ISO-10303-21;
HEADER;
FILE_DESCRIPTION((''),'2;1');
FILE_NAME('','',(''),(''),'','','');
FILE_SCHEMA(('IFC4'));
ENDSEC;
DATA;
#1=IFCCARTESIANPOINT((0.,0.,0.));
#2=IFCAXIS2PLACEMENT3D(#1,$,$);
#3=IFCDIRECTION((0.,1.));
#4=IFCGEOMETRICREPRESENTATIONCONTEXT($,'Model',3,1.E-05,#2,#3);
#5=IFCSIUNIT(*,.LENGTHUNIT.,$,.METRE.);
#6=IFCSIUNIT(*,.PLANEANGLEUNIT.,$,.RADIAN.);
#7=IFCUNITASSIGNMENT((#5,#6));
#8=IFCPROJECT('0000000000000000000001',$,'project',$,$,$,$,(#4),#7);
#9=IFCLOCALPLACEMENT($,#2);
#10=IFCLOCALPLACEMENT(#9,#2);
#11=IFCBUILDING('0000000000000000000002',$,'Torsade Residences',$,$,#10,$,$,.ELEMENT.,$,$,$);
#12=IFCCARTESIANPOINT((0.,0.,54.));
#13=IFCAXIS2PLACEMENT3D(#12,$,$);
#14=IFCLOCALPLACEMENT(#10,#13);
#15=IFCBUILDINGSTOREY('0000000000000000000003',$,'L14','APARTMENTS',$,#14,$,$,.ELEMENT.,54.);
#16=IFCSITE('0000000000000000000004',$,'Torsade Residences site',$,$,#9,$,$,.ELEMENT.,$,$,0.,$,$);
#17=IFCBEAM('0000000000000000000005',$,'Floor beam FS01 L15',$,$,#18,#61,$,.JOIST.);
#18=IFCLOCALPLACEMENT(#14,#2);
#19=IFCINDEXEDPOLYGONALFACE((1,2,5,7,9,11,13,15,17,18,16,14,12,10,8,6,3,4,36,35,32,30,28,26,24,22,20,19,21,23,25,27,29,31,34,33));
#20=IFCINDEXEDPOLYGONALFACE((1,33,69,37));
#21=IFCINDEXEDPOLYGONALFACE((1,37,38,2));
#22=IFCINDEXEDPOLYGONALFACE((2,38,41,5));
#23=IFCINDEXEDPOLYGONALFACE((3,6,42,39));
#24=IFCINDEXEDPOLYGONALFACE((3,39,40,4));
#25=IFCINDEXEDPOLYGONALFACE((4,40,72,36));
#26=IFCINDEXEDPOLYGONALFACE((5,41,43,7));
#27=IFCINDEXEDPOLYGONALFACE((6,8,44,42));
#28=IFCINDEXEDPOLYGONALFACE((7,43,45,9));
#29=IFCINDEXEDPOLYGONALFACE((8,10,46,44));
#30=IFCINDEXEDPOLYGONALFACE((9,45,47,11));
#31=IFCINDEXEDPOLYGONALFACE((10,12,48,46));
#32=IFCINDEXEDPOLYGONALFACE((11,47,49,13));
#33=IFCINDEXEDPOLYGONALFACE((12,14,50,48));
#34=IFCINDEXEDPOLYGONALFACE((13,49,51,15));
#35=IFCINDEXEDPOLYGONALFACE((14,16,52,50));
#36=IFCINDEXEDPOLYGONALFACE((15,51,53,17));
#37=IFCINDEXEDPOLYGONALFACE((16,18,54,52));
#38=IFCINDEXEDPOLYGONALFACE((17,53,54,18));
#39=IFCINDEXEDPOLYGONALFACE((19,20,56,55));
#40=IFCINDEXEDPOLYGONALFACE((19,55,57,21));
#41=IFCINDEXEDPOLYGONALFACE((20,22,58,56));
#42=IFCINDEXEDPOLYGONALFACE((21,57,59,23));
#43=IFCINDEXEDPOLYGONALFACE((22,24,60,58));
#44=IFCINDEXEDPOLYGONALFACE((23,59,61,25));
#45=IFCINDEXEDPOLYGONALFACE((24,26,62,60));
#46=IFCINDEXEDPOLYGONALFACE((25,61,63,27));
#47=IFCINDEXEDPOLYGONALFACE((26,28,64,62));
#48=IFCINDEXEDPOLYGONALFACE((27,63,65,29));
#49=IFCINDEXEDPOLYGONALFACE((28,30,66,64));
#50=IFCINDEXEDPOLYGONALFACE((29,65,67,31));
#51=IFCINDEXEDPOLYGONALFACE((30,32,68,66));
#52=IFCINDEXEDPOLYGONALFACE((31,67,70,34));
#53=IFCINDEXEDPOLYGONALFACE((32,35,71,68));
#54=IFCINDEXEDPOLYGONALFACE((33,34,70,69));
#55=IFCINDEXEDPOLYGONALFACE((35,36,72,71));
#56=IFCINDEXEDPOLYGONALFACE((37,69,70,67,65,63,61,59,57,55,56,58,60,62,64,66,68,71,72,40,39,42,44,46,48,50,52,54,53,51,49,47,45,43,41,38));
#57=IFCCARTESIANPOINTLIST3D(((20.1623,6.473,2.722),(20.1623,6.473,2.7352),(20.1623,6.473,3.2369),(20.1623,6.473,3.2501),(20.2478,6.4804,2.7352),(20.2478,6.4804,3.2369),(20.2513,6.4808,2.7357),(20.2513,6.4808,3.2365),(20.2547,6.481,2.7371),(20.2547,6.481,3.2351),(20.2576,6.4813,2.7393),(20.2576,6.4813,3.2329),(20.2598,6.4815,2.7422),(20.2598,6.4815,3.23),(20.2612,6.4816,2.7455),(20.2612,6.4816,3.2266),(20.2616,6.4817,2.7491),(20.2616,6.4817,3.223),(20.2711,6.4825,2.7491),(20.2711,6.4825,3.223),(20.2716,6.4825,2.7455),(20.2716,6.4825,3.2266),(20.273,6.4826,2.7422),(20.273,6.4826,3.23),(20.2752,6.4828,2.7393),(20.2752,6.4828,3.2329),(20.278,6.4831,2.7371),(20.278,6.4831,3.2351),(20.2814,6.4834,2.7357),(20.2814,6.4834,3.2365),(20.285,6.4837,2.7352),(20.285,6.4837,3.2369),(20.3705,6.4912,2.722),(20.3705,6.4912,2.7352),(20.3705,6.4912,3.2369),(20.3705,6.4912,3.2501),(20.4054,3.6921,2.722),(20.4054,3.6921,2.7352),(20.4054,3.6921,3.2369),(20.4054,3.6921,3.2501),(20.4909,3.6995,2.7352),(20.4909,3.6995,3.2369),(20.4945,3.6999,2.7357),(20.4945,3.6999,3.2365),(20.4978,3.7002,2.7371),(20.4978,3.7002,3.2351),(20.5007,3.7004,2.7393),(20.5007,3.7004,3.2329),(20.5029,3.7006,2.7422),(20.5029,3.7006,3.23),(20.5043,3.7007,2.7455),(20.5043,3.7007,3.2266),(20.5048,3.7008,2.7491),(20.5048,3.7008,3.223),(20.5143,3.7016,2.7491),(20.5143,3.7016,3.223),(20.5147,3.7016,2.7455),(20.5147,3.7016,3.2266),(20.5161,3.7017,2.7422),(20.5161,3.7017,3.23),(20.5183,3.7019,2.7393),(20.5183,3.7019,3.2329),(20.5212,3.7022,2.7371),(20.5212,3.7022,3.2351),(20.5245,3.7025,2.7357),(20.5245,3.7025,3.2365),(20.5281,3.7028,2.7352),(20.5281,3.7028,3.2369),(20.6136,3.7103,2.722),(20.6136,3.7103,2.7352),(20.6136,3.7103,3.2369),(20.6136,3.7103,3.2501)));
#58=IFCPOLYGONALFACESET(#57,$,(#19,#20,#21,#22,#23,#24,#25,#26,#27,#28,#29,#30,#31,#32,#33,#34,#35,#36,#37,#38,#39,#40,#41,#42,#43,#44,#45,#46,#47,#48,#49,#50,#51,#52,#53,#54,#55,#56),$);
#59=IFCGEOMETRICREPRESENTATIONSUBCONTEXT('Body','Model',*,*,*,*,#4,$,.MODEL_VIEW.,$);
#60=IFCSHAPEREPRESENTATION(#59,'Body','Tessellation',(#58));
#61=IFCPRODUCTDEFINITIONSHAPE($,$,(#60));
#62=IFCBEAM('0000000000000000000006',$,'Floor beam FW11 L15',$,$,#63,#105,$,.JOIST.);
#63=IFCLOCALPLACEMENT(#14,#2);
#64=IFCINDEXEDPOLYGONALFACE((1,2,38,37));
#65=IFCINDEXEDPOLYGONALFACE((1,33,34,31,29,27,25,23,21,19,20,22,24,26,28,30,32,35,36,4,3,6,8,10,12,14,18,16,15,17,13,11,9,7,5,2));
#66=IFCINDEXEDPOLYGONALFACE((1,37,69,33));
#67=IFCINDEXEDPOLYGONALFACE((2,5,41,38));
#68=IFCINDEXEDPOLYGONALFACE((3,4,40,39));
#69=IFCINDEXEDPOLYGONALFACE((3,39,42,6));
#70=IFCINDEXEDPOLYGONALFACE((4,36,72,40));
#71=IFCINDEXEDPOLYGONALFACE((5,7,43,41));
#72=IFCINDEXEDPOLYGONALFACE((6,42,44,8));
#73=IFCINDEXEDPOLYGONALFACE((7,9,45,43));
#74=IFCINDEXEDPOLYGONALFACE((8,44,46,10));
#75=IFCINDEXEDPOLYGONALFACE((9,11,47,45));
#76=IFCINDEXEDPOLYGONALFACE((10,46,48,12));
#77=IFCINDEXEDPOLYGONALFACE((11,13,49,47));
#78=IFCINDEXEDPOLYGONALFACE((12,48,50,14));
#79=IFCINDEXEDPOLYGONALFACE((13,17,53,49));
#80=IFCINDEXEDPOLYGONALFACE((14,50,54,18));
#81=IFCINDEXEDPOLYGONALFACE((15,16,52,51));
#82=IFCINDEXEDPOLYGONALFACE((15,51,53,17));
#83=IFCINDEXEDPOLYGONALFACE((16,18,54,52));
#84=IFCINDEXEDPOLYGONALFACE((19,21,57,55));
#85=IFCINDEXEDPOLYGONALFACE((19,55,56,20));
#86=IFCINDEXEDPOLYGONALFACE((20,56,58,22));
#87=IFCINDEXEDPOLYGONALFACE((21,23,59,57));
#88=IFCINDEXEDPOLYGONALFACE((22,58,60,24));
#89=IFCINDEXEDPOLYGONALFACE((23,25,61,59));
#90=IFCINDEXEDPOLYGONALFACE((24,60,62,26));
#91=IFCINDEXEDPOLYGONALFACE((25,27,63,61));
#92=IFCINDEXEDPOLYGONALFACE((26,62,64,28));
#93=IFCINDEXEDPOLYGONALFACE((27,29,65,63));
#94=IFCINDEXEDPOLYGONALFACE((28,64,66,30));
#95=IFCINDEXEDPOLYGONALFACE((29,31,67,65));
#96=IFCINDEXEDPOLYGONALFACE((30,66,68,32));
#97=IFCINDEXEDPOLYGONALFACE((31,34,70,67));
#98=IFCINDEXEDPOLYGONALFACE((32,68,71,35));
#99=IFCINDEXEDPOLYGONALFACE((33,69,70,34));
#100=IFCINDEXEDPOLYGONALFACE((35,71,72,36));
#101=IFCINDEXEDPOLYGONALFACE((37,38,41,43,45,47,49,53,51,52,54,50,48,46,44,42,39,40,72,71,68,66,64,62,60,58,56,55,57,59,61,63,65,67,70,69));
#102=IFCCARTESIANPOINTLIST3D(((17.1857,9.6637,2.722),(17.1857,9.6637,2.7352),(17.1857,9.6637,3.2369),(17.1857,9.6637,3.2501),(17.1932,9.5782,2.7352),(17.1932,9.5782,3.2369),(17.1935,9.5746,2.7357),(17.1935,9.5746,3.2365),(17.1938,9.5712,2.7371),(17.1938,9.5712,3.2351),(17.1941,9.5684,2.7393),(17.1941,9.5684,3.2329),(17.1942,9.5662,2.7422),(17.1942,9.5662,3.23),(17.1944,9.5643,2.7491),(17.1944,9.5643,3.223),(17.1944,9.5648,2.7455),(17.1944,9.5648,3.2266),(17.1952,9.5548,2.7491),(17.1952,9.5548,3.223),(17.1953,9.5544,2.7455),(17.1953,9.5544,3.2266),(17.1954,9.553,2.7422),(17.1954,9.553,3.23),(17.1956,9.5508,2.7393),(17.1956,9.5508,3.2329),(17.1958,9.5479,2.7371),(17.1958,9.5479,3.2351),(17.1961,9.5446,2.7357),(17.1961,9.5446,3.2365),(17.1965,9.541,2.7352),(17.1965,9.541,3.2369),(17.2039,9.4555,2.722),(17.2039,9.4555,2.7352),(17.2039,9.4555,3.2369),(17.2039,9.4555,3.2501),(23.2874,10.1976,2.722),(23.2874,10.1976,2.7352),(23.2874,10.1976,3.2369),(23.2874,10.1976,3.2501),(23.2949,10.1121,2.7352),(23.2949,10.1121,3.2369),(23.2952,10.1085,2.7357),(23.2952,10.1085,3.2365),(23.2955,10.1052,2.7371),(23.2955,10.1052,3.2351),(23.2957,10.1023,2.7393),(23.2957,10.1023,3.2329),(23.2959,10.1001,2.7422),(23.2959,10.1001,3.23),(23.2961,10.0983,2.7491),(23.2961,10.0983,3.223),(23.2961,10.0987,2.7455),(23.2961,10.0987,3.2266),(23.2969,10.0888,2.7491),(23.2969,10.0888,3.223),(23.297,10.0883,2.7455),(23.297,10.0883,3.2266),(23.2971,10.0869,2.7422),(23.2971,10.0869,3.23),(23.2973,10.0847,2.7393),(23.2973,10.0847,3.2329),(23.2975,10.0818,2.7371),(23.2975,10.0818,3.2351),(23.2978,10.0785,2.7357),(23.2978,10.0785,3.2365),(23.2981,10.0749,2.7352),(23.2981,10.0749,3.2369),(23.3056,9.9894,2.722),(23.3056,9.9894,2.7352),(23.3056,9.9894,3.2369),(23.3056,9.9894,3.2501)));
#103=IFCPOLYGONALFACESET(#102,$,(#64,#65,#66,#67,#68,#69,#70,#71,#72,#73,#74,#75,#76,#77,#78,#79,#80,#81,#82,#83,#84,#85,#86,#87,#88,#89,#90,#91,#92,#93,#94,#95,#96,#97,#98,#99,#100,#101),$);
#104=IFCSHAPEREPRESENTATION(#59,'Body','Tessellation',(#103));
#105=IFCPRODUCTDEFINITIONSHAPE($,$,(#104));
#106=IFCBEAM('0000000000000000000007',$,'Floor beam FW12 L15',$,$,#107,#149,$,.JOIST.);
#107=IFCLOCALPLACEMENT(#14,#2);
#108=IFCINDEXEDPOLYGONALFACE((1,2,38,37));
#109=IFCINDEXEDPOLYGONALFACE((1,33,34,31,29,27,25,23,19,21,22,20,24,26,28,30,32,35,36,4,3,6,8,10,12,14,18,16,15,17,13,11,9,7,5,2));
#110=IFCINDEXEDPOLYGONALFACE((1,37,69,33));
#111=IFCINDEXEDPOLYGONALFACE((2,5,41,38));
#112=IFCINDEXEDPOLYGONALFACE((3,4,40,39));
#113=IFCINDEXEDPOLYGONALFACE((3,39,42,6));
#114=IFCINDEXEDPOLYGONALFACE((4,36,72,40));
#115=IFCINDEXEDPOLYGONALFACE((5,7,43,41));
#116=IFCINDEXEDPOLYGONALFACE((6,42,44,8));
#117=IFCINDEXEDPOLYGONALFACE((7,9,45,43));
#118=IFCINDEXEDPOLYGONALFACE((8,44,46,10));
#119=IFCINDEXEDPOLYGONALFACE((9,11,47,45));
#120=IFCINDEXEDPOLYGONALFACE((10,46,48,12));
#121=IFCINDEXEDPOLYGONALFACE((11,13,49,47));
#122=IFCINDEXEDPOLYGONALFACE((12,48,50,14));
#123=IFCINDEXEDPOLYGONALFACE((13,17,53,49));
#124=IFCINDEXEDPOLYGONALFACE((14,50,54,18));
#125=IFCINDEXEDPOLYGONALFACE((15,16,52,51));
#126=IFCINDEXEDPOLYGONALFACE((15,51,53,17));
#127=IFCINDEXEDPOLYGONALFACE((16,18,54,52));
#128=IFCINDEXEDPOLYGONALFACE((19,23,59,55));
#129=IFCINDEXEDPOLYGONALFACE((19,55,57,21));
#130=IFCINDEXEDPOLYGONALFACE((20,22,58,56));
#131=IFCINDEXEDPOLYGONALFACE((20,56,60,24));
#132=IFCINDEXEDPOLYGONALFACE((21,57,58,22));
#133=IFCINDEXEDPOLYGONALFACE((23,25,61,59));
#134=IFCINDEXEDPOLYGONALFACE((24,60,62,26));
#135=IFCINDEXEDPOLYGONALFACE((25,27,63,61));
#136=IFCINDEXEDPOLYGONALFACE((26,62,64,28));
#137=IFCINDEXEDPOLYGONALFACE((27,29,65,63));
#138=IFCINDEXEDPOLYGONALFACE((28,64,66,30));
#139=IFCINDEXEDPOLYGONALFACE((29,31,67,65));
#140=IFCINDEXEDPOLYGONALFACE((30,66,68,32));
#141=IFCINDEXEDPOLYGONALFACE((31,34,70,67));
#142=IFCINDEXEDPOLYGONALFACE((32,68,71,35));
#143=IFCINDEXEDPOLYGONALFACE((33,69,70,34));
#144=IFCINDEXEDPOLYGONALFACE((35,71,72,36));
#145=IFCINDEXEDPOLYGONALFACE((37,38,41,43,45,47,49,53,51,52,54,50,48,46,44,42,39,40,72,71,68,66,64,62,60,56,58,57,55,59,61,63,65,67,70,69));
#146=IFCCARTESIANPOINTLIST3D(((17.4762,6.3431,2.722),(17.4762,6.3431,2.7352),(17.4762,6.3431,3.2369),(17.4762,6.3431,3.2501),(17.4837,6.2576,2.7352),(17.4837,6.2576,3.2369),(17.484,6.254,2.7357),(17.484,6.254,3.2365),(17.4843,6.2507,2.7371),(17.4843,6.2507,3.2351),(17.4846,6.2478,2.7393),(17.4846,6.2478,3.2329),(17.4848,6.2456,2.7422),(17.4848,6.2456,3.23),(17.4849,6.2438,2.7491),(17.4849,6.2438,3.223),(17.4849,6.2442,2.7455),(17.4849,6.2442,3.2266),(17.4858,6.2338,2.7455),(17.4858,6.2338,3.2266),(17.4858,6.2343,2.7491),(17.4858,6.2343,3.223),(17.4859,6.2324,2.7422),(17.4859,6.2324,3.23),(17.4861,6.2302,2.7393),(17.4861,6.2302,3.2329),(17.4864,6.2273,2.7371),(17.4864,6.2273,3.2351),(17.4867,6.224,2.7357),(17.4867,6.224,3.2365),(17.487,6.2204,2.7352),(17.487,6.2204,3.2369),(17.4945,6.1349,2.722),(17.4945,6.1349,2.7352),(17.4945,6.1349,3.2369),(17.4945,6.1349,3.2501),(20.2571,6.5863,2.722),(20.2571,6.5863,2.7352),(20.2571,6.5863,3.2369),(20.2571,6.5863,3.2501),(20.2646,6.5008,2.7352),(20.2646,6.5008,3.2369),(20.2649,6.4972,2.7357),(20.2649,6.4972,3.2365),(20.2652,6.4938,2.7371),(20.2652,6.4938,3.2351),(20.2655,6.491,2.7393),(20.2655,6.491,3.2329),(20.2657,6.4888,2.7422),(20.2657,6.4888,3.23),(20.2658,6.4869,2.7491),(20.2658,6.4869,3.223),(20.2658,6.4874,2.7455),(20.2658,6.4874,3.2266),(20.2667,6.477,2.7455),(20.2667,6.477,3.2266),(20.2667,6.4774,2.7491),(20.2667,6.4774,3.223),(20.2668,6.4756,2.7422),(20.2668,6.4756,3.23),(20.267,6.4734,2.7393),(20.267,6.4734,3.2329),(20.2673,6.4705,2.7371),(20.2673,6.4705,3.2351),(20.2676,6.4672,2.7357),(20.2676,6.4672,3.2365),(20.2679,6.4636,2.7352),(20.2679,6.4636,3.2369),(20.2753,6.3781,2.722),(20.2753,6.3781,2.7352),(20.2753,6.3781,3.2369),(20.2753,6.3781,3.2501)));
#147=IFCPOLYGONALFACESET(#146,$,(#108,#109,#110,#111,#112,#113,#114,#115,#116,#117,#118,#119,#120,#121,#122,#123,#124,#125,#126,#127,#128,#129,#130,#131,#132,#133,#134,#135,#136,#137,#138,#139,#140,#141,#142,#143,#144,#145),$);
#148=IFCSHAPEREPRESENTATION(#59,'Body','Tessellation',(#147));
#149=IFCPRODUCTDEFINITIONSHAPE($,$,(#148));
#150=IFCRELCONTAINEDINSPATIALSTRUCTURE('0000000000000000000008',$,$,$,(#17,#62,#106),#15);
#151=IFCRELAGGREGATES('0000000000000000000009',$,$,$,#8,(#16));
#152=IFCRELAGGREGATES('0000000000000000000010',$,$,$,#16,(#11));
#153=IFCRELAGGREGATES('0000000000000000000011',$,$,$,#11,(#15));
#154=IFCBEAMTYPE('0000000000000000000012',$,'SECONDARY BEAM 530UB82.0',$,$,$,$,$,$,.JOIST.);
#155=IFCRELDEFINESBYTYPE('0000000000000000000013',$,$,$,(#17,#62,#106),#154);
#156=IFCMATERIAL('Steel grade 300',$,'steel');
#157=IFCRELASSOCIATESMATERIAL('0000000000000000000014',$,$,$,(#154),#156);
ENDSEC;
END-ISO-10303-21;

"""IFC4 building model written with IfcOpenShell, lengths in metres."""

from ifc_helpers import new_model, si_unit, direction, frame, origin, origin_2d, place, context, subcontext, project, spatial, i_section, extrude, material, material_profile, profile_set, type_object, element, save


model = new_model("IFC4")

# Units and contexts
model_context = context("Model", 3, precision=1e-05, world=origin(), true_north=direction((0.0, 1.0)))
body_context = subcontext(model_context, "Body", "Model", "MODEL_VIEW")
ifc_project = project(units=[si_unit("LENGTHUNIT", "METRE"), si_unit("PLANEANGLEUNIT", "RADIAN")], contexts=[model_context])

# Site, building, storey
site_placement = place(None, origin())
site = spatial("IfcSite", under=ifc_project, at=site_placement, Name="Torsade Residences site", CompositionType="ELEMENT", RefElevation=0.0)
building_placement = place(site_placement, origin())
building = spatial("IfcBuilding", under=site, at=building_placement, Name="Torsade Residences", CompositionType="ELEMENT")
storey_placement = place(building_placement, frame((0.0, 0.0, 54.0)))
storey = spatial("IfcBuildingStorey", under=building, at=storey_placement, Name="L14", Description="APARTMENTS", CompositionType="ELEMENT", Elevation=54.0)

# Beams
ifc_material_1 = material(Name="Steel grade 300", Category="steel")
ifc_material_profile_1 = material_profile(ifc_material_1, i_section(OverallWidth=0.209, OverallDepth=0.5281, WebThickness=0.0095, FlangeThickness=0.0132, FilletRadius=0.0139, at=origin_2d()), Name="530UB82.0")
ifc_profile_set_1 = profile_set([ifc_material_profile_1], Name="Steel grade 300")
beam_type_1 = type_object("IfcBeamType", Name="SECONDARY BEAM 530UB82.0", PredefinedType="JOIST", material=ifc_profile_set_1)
beam_1_placement = place(storey_placement, frame((20.5095, 3.7012, 2.9861), z_axis=(-0.087105, 0.996199, 0.0), x_axis=(-0.996199, -0.087105, 0.0)))
element("IfcBeam", 1, at=beam_1_placement, inside=storey, type_object=beam_type_1, Name="Floor beam FS01 L15", PredefinedType="JOIST", context=body_context, shape_type="SweptSolid", body=[
    extrude(i_section(OverallWidth=0.209, OverallDepth=0.5281, WebThickness=0.0095, FlangeThickness=0.0132, FilletRadius=0.0139, at=origin_2d()), origin(), (0.0, 0.0, 1.0), 2.7915),
])
beam_2_placement = place(storey_placement, frame((17.1948, 9.5596, 2.9861), z_axis=(0.996193, 0.087175, 0.0), x_axis=(-0.087175, 0.996193, 0.0)))
element("IfcBeam", 2, at=beam_2_placement, inside=storey, type_object=beam_type_1, Name="Floor beam FW11 L15", PredefinedType="JOIST", context=body_context, shape_type="SweptSolid", body=[
    extrude(i_section(OverallWidth=0.209, OverallDepth=0.5281, WebThickness=0.0095, FlangeThickness=0.0132, FilletRadius=0.0139, at=origin_2d()), origin(), (0.0, 0.0, 1.0), 6.125),
])
beam_3_placement = place(storey_placement, frame((17.4854, 6.239, 2.9861), z_axis=(0.996199, 0.087105, 0.0), x_axis=(-0.087105, 0.996199, 0.0)))
element("IfcBeam", 3, at=beam_3_placement, inside=storey, type_object=beam_type_1, Name="Floor beam FW12 L15", PredefinedType="JOIST", context=body_context, shape_type="SweptSolid", body=[
    extrude(i_section(OverallWidth=0.209, OverallDepth=0.5281, WebThickness=0.0095, FlangeThickness=0.0132, FilletRadius=0.0139, at=origin_2d()), origin(), (0.0, 0.0, 1.0), 2.7915),
])

save(model, "model.ifc")
